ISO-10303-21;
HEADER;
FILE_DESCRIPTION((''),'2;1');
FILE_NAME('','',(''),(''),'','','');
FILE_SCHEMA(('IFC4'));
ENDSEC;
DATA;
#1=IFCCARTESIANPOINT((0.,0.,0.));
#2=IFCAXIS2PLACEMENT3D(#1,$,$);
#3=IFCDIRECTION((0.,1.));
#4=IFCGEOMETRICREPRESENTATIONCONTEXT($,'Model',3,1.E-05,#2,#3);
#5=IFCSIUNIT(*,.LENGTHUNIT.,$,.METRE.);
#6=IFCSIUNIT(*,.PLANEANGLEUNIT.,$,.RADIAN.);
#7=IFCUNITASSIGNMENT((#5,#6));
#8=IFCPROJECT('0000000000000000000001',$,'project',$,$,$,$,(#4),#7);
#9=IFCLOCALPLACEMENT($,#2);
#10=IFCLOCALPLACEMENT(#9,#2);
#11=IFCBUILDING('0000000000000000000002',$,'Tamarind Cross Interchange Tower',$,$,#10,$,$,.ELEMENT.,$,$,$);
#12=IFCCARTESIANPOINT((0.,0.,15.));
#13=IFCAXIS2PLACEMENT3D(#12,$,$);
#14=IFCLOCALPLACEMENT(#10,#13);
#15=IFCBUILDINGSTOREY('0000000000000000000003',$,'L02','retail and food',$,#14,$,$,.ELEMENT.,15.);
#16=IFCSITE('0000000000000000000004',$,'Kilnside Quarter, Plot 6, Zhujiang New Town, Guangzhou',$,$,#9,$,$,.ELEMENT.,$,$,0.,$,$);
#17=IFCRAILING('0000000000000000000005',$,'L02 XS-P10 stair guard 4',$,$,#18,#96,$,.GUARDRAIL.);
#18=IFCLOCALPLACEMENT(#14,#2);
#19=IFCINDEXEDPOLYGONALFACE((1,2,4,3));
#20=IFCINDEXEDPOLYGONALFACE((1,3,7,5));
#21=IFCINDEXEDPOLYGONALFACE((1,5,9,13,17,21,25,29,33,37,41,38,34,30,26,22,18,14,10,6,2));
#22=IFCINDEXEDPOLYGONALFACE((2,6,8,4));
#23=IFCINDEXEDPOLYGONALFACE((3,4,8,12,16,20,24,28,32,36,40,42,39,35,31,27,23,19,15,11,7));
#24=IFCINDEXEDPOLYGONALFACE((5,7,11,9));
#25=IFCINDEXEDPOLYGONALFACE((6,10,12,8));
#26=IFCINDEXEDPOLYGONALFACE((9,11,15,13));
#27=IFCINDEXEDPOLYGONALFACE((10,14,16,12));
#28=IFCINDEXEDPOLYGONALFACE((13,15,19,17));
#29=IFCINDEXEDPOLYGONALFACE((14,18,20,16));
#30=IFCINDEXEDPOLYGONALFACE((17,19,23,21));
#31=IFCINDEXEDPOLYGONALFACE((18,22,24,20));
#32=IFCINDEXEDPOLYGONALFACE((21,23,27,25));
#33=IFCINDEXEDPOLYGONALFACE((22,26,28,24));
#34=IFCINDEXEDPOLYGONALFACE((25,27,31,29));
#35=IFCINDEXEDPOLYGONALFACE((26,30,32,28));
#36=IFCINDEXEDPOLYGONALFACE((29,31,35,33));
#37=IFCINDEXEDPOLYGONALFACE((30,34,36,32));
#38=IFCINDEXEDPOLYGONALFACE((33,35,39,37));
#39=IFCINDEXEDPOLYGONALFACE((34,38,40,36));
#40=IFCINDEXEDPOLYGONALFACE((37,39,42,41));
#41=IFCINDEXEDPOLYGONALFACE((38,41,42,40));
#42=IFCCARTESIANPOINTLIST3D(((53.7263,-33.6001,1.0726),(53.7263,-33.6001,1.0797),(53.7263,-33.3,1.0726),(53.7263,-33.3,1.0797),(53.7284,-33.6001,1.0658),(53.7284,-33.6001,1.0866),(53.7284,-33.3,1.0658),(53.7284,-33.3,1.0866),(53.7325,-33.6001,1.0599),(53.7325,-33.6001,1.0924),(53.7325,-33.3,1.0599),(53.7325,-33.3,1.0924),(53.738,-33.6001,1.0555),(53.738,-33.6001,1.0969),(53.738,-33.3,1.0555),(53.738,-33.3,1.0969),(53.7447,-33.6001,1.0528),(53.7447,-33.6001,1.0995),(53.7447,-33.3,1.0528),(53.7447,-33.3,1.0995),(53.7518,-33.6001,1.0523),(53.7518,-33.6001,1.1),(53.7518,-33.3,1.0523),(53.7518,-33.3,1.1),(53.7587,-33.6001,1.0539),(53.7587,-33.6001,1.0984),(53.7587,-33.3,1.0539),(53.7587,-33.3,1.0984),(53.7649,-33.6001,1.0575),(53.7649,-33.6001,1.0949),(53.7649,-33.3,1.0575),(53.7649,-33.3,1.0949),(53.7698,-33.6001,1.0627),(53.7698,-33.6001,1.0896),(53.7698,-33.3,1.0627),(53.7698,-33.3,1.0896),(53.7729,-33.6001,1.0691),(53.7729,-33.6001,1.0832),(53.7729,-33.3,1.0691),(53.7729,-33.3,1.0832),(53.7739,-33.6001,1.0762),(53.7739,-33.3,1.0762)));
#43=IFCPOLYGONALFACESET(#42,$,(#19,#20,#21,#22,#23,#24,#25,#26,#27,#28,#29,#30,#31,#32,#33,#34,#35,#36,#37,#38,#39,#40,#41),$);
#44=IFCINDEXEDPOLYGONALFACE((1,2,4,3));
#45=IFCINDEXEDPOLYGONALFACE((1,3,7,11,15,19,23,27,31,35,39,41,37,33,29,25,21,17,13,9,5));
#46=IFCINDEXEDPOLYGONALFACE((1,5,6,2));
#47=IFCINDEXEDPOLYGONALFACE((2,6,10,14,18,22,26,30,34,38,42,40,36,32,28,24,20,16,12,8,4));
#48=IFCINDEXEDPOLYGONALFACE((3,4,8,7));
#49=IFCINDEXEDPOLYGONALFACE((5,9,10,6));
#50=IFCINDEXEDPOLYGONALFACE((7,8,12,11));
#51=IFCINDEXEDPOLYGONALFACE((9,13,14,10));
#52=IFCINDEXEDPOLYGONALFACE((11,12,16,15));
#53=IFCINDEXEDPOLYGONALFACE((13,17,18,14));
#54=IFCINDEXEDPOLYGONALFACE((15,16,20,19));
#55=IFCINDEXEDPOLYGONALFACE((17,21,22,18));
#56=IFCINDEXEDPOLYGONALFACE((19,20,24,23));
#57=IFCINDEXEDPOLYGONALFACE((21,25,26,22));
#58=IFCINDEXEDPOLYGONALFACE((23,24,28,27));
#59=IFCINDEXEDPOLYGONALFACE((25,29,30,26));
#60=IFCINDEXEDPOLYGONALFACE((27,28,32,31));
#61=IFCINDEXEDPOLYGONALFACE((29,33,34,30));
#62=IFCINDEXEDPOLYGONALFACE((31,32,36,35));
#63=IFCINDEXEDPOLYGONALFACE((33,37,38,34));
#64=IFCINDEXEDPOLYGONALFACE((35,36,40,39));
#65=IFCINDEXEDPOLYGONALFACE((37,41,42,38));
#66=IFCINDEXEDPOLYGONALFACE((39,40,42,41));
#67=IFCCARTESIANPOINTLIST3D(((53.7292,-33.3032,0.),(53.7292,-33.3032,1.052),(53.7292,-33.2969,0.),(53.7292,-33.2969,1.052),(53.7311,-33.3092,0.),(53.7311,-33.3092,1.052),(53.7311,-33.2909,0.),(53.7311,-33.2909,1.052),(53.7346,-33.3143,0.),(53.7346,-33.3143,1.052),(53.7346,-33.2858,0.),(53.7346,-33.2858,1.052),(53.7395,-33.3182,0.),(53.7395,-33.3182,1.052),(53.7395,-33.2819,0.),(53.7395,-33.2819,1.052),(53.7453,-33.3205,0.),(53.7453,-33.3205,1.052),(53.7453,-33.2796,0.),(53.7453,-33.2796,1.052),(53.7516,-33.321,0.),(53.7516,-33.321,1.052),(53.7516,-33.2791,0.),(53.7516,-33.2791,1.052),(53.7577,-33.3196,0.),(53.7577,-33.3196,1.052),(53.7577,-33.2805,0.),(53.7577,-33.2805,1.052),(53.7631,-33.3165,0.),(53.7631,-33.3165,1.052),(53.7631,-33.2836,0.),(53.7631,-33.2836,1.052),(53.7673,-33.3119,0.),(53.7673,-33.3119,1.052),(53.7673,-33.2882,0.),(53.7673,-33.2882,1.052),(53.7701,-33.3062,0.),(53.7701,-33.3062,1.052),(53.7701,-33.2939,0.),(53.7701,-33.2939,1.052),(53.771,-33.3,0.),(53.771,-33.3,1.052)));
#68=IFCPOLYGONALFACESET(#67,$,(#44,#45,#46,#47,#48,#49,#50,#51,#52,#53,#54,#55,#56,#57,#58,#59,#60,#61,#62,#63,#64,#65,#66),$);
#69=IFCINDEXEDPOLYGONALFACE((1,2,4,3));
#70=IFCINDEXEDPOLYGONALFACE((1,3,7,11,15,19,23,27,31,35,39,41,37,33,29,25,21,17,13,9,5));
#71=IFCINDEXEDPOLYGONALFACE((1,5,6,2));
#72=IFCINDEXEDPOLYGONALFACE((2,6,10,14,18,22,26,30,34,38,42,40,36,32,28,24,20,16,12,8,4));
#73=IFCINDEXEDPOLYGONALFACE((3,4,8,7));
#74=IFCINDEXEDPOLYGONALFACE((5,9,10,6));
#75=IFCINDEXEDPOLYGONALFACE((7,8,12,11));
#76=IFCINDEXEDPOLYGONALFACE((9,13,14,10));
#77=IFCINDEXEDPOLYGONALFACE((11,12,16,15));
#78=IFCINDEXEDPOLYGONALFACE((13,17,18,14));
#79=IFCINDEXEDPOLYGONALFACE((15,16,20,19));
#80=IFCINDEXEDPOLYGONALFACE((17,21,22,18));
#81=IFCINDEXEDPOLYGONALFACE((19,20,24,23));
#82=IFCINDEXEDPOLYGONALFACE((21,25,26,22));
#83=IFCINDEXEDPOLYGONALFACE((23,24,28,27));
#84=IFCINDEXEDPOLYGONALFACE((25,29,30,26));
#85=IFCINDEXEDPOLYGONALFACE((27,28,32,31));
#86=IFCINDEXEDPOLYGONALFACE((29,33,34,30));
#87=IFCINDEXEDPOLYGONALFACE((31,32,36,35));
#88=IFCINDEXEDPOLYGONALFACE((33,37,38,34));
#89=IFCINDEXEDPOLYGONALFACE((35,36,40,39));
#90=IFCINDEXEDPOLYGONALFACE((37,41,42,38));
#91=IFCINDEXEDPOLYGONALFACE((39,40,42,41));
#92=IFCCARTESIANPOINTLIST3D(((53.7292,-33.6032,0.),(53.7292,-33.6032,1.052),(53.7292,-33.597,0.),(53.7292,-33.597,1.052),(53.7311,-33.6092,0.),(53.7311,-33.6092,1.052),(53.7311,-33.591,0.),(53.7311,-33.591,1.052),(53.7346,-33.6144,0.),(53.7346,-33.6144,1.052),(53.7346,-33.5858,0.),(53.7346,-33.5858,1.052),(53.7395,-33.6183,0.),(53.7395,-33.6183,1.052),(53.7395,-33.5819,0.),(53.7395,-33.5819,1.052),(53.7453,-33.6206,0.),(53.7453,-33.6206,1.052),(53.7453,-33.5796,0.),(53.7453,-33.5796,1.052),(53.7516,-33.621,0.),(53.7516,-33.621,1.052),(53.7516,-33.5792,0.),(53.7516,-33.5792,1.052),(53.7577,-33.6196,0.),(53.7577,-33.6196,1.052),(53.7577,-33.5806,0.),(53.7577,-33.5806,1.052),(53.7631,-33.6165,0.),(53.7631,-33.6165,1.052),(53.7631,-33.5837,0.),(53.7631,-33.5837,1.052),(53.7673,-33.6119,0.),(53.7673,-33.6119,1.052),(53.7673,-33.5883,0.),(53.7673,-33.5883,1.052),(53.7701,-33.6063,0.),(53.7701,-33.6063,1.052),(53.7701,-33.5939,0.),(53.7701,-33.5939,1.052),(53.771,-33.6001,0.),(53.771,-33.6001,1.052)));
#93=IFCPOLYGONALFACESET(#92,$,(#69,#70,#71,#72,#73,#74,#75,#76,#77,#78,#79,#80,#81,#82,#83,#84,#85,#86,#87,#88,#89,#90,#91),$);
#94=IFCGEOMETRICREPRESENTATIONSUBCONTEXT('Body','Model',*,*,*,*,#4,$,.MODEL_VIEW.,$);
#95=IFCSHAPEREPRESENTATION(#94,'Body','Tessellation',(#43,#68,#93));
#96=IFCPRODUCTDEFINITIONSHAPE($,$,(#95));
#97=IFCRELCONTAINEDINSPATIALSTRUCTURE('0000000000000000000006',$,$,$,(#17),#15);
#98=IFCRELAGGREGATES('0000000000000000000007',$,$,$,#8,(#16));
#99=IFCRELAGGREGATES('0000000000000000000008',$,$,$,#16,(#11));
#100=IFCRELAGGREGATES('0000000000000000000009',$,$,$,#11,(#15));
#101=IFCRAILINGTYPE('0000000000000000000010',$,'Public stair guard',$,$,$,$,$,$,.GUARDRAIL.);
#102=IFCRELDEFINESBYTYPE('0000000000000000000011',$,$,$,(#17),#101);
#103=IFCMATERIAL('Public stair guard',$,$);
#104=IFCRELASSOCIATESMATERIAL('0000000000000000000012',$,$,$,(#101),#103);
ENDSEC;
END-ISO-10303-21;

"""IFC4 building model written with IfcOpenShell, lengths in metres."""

from ifc_helpers import new_model, si_unit, direction, frame, origin, origin_2d, place, context, subcontext, project, spatial, circle, extrude, material, type_object, element, save


model = new_model("IFC4")

# Units and contexts
model_context = context("Model", 3, precision=1e-05, world=origin(), true_north=direction((0.0, 1.0)))
body_context = subcontext(model_context, "Body", "Model", "MODEL_VIEW")
ifc_project = project(units=[si_unit("LENGTHUNIT", "METRE"), si_unit("PLANEANGLEUNIT", "RADIAN")], contexts=[model_context])

# Site, building, storey
site_placement = place(None, origin())
site = spatial("IfcSite", under=ifc_project, at=site_placement, Name="Kilnside Quarter, Plot 6, Zhujiang New Town, Guangzhou", CompositionType="ELEMENT", RefElevation=0.0)
building_placement = place(site_placement, origin())
building = spatial("IfcBuilding", under=site, at=building_placement, Name="Tamarind Cross Interchange Tower", CompositionType="ELEMENT")
storey_placement = place(building_placement, frame((0.0, 0.0, 15.0)))
storey = spatial("IfcBuildingStorey", under=building, at=storey_placement, Name="L02", Description="retail and food", CompositionType="ELEMENT", Elevation=15.0)

# Railing
ifc_material_1 = material(Name="Public stair guard")
railing_type_1 = type_object("IfcRailingType", Name="Public stair guard", PredefinedType="GUARDRAIL", material=ifc_material_1)
railing_1_placement = place(storey_placement, frame((53.75, -33.3, 0.0)))
element("IfcRailing", 1, at=railing_1_placement, inside=storey, type_object=railing_type_1, Name="L02 XS-P10 stair guard 4", PredefinedType="GUARDRAIL", context=body_context, shape_type="SweptSolid", body=[
    extrude(circle(Radius=0.0239, at=origin_2d()), frame((0.0, 0.0, 1.0762), z_axis=(0.0, -1.0, 0.0), x_axis=(1.0, 0.0, 0.0)), (0.0, 0.0, 1.0), 0.3),
    extrude(circle(Radius=0.021, at=origin_2d()), origin(), (0.0, 0.0, 1.0), 1.052),
    extrude(circle(Radius=0.021, at=origin_2d()), frame((0.0, -0.3, 0.0)), (0.0, 0.0, 1.0), 1.052),
])

save(model, "model.ifc")
